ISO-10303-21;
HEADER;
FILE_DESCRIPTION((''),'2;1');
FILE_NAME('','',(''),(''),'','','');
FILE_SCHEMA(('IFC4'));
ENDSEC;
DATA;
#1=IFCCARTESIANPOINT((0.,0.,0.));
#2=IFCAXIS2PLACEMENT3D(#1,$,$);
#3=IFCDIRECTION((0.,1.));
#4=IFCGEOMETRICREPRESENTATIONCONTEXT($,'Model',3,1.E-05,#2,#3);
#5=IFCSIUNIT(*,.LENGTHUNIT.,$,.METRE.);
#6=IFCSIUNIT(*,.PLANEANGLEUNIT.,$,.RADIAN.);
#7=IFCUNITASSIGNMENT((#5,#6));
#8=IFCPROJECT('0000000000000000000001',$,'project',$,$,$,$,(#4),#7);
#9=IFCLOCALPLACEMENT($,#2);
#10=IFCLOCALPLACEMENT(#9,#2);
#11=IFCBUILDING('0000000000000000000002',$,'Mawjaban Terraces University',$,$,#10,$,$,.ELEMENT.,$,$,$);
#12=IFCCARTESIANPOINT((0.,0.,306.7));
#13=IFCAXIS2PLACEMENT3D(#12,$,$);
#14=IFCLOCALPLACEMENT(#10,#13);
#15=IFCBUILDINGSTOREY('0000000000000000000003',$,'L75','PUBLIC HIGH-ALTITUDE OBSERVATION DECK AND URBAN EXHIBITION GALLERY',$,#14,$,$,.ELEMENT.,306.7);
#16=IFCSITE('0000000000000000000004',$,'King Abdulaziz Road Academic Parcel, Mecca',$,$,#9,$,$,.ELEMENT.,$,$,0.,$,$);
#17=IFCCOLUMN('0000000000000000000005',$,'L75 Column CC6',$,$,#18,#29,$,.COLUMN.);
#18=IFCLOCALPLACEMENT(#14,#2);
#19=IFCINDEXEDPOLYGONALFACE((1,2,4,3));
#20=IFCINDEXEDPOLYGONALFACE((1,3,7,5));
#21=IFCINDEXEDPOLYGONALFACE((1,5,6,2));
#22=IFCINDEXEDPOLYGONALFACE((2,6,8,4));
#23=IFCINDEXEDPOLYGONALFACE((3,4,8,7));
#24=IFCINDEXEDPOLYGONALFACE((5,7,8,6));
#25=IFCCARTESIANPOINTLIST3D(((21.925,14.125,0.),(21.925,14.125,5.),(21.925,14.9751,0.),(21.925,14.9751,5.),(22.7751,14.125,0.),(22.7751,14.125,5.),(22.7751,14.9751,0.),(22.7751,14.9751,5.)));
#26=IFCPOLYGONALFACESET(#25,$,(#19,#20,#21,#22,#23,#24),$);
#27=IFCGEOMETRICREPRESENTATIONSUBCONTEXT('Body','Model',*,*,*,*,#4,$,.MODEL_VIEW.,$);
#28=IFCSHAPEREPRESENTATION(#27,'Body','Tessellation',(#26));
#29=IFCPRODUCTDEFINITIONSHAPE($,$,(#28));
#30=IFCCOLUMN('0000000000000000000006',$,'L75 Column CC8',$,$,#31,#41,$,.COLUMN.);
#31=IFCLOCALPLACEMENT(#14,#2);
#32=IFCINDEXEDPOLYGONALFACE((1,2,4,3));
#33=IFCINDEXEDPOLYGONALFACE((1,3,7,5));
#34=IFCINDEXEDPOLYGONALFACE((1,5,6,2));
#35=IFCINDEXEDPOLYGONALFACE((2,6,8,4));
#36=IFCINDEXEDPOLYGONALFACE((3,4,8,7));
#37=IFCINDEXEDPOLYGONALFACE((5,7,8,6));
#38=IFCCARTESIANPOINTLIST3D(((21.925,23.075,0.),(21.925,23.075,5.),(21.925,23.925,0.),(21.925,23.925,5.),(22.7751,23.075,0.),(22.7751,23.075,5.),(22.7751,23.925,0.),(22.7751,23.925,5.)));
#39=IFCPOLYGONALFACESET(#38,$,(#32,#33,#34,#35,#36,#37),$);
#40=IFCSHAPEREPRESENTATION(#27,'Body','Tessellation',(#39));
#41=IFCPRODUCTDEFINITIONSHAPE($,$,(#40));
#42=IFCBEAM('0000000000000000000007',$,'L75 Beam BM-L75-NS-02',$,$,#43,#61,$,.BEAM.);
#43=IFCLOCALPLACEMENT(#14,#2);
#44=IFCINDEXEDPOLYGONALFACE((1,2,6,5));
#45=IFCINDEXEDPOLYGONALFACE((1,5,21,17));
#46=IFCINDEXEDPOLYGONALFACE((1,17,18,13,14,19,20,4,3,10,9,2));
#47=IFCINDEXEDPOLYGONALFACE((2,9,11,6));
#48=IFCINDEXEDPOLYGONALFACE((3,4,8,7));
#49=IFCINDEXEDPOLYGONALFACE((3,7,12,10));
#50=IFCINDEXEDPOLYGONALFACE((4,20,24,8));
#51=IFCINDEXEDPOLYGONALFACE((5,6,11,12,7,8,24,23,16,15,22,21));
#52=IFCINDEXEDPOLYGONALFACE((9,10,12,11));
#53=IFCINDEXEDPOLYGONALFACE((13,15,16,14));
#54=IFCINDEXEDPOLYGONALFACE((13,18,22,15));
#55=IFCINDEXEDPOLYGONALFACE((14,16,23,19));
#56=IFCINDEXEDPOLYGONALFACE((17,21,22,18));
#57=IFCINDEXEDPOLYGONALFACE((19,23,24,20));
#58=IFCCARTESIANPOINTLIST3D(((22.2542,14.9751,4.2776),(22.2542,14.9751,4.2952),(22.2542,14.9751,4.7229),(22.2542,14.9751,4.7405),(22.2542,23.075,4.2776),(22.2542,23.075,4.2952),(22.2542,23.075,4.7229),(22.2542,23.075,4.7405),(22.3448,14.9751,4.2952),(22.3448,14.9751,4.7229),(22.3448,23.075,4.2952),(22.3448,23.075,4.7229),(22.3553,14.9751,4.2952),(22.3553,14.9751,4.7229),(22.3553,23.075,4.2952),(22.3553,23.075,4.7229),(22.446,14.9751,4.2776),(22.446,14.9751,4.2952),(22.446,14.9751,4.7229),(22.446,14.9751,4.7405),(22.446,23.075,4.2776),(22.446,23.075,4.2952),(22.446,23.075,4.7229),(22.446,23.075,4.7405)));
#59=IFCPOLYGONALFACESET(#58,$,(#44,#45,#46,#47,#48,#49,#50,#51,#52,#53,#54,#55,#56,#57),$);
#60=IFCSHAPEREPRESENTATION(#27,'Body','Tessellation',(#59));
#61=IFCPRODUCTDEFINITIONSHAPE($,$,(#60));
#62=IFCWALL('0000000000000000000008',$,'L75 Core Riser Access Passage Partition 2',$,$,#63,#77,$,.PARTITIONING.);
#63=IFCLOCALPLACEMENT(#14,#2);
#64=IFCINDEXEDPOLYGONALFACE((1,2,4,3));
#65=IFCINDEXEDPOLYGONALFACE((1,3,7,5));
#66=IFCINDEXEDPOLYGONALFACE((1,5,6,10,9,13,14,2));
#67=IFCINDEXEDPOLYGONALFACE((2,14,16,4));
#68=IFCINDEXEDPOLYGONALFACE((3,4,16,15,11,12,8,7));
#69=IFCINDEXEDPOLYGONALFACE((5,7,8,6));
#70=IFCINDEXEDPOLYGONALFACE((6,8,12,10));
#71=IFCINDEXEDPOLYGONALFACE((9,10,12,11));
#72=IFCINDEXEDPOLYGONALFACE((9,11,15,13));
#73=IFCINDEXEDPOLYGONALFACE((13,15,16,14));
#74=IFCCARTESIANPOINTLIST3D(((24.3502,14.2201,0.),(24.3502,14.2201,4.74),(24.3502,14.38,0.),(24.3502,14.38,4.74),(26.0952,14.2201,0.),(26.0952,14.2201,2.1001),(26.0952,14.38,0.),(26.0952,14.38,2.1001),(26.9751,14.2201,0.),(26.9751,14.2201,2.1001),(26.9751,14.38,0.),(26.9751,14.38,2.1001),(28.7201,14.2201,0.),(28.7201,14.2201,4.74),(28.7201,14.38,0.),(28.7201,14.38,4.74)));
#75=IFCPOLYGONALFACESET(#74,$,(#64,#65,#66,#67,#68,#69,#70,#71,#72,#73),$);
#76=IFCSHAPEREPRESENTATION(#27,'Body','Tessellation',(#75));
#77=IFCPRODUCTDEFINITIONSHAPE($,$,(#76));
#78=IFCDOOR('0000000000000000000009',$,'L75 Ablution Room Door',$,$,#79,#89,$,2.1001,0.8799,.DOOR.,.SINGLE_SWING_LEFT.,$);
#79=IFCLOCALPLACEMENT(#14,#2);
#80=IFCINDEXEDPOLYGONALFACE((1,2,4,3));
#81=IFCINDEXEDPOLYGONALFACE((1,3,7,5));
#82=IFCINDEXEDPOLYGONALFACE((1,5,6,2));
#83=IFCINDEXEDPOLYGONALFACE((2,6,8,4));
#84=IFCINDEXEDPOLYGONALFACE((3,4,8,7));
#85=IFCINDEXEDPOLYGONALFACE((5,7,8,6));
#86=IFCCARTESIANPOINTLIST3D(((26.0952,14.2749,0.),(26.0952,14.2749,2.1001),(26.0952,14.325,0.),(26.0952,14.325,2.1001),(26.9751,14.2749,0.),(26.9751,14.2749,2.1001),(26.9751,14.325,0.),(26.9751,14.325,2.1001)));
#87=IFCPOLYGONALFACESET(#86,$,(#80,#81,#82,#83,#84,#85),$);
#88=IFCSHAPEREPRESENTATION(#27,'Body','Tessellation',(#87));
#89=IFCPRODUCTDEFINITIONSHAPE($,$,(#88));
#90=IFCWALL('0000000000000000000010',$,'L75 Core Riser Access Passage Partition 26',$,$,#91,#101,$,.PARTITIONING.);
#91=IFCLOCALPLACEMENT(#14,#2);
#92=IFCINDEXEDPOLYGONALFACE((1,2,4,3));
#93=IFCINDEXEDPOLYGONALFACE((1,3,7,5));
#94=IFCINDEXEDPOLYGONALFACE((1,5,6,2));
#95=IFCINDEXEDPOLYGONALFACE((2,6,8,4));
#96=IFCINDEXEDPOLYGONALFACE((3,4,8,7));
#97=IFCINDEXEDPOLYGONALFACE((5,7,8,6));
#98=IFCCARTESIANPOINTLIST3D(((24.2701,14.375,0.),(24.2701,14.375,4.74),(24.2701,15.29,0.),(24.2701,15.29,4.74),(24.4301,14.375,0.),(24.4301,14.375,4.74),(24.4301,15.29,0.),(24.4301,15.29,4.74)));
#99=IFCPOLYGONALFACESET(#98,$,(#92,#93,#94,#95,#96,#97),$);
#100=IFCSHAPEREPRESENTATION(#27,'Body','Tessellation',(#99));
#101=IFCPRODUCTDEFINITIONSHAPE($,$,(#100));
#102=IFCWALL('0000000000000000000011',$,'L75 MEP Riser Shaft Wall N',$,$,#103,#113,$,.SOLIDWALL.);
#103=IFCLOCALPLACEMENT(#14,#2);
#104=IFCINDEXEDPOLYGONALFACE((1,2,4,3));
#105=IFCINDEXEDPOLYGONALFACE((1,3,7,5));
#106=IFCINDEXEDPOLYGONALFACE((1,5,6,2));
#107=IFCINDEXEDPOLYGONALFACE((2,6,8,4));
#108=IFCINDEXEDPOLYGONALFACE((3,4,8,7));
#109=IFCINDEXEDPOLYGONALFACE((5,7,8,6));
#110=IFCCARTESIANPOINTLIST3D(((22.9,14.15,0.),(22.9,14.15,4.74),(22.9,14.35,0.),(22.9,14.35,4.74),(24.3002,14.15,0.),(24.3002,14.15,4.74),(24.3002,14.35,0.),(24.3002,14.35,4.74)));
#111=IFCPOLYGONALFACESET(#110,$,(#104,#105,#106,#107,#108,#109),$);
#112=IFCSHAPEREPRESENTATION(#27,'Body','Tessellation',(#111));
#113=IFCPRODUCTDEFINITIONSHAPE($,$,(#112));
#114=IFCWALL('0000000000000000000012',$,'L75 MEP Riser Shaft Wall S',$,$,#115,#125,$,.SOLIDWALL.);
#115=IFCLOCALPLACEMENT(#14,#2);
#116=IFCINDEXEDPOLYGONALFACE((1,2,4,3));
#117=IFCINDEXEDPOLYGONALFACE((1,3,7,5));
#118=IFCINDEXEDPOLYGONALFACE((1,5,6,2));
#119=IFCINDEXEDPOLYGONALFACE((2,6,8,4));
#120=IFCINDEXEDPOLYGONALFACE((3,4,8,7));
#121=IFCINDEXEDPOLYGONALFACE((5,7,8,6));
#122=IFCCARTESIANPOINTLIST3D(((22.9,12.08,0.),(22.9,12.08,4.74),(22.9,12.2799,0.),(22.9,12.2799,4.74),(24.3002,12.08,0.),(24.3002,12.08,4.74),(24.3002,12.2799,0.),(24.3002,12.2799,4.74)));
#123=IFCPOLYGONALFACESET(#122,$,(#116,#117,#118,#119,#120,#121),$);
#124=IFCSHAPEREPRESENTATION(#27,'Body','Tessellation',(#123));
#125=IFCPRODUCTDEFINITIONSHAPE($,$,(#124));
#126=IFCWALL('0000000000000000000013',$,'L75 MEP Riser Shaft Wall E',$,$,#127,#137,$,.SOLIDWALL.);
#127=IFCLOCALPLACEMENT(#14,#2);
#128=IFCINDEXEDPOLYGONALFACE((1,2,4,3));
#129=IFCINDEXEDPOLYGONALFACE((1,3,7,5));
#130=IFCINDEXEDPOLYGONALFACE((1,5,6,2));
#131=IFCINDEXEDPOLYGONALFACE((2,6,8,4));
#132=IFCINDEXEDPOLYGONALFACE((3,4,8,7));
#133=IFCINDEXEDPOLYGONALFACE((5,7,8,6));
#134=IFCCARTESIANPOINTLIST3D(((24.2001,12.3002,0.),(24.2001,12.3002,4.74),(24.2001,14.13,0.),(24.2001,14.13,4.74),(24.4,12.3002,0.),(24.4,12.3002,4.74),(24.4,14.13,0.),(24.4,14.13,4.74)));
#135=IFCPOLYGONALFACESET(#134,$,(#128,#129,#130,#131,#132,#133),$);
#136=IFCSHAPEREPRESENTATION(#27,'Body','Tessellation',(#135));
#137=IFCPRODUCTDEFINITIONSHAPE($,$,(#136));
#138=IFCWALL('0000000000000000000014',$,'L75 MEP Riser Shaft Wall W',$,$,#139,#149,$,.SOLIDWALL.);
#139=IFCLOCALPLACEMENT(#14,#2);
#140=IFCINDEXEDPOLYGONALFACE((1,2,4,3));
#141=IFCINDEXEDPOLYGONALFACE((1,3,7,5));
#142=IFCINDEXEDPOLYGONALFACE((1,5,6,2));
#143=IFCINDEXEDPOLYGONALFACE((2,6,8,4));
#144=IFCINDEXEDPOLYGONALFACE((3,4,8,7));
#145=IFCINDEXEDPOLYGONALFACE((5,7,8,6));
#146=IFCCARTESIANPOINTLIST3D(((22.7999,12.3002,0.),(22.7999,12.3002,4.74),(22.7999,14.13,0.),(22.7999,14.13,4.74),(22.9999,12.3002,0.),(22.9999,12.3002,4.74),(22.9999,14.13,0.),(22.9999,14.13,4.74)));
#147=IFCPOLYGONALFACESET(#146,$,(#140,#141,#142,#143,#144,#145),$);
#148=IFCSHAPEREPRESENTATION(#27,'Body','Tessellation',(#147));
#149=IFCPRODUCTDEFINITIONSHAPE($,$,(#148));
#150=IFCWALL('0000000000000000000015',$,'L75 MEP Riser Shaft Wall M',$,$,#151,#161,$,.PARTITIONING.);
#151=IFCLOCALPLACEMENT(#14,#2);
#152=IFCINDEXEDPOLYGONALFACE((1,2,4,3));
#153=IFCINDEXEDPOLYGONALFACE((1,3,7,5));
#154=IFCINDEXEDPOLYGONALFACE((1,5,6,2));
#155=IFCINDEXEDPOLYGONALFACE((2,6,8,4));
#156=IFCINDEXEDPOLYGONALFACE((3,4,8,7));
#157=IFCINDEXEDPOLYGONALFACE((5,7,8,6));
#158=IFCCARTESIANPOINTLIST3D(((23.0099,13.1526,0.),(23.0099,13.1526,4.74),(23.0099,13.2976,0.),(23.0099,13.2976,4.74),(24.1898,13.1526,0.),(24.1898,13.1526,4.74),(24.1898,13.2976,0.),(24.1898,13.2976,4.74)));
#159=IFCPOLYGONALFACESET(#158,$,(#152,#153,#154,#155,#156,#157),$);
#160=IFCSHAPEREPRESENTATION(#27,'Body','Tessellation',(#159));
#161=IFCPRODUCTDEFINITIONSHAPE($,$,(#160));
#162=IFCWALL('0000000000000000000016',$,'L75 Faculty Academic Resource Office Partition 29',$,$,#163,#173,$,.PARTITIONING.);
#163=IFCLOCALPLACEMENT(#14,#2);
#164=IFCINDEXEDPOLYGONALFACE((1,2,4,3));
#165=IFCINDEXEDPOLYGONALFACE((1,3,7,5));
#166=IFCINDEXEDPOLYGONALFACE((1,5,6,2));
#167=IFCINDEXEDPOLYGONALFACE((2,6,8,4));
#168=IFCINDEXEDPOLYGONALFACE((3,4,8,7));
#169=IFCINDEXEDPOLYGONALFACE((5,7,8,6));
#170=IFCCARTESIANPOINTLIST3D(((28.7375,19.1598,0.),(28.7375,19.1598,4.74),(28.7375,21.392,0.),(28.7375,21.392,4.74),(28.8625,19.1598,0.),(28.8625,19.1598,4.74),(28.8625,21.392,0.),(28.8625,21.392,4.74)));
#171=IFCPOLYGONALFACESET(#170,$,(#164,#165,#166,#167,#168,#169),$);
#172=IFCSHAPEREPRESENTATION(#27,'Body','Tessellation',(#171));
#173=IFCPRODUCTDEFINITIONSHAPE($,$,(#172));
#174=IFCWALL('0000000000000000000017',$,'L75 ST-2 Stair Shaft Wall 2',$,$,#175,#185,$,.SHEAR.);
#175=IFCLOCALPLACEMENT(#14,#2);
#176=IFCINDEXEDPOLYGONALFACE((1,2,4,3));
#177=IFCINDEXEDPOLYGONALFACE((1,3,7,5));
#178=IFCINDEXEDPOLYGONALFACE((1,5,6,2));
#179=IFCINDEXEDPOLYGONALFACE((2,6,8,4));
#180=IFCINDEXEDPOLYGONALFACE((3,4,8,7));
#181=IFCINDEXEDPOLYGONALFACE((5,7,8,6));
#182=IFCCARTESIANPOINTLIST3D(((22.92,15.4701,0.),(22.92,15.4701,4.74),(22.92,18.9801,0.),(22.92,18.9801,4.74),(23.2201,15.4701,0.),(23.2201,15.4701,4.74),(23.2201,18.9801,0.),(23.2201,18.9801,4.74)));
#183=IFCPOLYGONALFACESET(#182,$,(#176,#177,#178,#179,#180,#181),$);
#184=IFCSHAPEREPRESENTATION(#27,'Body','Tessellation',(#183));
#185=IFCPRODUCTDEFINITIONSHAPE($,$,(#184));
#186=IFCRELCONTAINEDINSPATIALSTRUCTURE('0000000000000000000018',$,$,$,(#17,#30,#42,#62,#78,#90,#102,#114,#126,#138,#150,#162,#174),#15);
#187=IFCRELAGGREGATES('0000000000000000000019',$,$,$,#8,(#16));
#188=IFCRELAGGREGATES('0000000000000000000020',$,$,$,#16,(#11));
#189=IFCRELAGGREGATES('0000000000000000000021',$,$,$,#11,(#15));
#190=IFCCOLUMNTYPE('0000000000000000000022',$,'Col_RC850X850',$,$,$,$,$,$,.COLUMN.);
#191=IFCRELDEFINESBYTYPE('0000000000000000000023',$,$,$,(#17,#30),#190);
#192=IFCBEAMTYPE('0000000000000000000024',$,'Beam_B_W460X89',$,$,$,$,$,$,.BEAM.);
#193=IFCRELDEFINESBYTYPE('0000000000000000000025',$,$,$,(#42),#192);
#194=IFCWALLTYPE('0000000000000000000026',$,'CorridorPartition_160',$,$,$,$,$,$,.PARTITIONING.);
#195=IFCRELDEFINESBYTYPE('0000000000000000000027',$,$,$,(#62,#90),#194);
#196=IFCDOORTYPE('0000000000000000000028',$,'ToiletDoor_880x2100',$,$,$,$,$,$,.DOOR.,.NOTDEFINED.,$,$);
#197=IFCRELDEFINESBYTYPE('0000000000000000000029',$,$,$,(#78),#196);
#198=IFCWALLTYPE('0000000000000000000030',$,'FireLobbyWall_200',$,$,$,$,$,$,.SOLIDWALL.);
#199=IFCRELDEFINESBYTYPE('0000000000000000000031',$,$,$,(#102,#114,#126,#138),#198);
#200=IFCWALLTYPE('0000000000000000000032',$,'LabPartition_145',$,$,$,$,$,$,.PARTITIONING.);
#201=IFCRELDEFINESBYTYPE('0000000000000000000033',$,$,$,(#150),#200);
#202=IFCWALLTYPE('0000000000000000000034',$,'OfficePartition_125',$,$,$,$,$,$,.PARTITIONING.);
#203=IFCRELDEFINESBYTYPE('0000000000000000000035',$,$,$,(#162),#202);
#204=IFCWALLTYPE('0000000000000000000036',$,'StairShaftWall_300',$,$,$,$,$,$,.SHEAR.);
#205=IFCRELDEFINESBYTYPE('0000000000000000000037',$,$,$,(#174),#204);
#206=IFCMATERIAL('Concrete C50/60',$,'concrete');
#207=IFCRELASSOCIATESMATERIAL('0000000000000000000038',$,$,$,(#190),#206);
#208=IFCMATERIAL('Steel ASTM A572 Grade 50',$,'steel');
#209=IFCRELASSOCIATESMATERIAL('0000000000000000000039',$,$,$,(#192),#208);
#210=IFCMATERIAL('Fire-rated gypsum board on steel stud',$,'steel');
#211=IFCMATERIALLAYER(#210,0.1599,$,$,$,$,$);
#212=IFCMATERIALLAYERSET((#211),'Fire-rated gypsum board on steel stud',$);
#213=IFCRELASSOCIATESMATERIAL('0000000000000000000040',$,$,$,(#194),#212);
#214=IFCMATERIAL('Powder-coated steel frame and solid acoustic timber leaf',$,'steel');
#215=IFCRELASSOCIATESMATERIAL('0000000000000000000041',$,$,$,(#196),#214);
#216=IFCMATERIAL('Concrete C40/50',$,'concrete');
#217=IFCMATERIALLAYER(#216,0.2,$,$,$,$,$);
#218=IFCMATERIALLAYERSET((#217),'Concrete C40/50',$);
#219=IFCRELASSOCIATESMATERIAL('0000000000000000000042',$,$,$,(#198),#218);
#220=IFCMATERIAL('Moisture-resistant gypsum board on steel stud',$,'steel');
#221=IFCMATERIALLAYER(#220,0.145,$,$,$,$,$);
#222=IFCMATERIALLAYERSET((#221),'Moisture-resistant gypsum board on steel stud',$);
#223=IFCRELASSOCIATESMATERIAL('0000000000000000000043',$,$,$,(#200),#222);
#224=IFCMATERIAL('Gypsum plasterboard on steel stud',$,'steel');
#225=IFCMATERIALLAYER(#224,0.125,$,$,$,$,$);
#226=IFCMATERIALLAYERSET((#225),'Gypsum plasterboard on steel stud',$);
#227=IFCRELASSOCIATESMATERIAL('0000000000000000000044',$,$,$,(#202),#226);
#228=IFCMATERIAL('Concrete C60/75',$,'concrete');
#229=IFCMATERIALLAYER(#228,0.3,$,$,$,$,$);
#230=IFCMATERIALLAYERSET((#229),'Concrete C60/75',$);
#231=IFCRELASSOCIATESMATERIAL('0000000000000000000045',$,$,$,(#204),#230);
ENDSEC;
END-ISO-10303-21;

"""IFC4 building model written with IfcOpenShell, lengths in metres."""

from ifc_helpers import new_model, si_unit, direction, frame, frame_2d, origin, origin_2d, place, context, subcontext, project, spatial, rectangle, i_section, extrude, material, layer, layer_set, material_profile, profile_set, type_object, element, fill, save


model = new_model("IFC4")

# Units and contexts
model_context = context("Model", 3, precision=1e-05, world=origin(), true_north=direction((0.0, 1.0)))
body_context = subcontext(model_context, "Body", "Model", "MODEL_VIEW")
ifc_project = project(units=[si_unit("LENGTHUNIT", "METRE"), si_unit("PLANEANGLEUNIT", "RADIAN")], contexts=[model_context])

# Site, building, storey
site_placement = place(None, origin())
site = spatial("IfcSite", under=ifc_project, at=site_placement, Name="King Abdulaziz Road Academic Parcel, Mecca", CompositionType="ELEMENT", RefElevation=0.0)
building_placement = place(site_placement, origin())
building = spatial("IfcBuilding", under=site, at=building_placement, Name="Mawjaban Terraces University", CompositionType="ELEMENT")
storey_placement = place(building_placement, frame((0.0, 0.0, 306.7)))
storey = spatial("IfcBuildingStorey", under=building, at=storey_placement, Name="L75", Description="PUBLIC HIGH-ALTITUDE OBSERVATION DECK AND URBAN EXHIBITION GALLERY", CompositionType="ELEMENT", Elevation=306.7)

# Columns
ifc_material_1 = material(Name="Concrete C50/60", Category="concrete")
ifc_material_profile_1 = material_profile(ifc_material_1, rectangle(XDim=0.8501, YDim=0.8501, at=origin_2d()), Name="RC850X850")
ifc_profile_set_1 = profile_set([ifc_material_profile_1], Name="Concrete C50/60")
column_type = type_object("IfcColumnType", Name="Col_RC850X850", PredefinedType="COLUMN", material=ifc_profile_set_1)
for number, where, z_axis, x_axis, name in (
    (1, (22.3501, 14.55, 0.0), (0.0, 0.0, 1.0), (1.0, 0.0, 0.0), "L75 Column CC6"),
    (2, (22.3501, 23.5, 0.0), (0.0, 0.0, 1.0), (1.0, 0.0, 0.0), "L75 Column CC8"),
):
    element("IfcColumn", number, at=place(storey_placement, frame(where, z_axis=z_axis, x_axis=x_axis)), inside=storey, type_object=column_type, Name=name, PredefinedType="COLUMN", context=body_context, shape_type="SweptSolid", body=[
        extrude(rectangle(XDim=0.8501, YDim=0.8501, at=origin_2d()), origin(), (0.0, 0.0, 1.0), 5.0),
    ])

# Beam
ifc_material_2 = material(Name="Steel ASTM A572 Grade 50", Category="steel")
ifc_material_profile_2 = material_profile(ifc_material_2, i_section(OverallWidth=0.1919, OverallDepth=0.4629, WebThickness=0.0105, FlangeThickness=0.0176, at=origin_2d()), Name="W460X89")
ifc_profile_set_2 = profile_set([ifc_material_profile_2], Name="Steel ASTM A572 Grade 50")
beam_type = type_object("IfcBeamType", Name="Beam_B_W460X89", PredefinedType="BEAM", material=ifc_profile_set_2)
beam_placement = place(storey_placement, frame((22.3501, 14.9751, 4.509), z_axis=(0.0, 1.0, 0.0), x_axis=(-1.0, 0.0, 0.0)))
element("IfcBeam", 3, at=beam_placement, inside=storey, type_object=beam_type, Name="L75 Beam BM-L75-NS-02", PredefinedType="BEAM", context=body_context, shape_type="SweptSolid", body=[
    extrude(i_section(OverallWidth=0.1919, OverallDepth=0.4629, WebThickness=0.0105, FlangeThickness=0.0176, at=origin_2d()), origin(), (0.0, 0.0, 1.0), 8.0999),
])

# Wall, opening, door
ifc_material_3 = material(Name="Fire-rated gypsum board on steel stud", Category="steel")
ifc_layer_1 = layer(ifc_material_3, 0.1599)
ifc_layer_set_1 = layer_set([ifc_layer_1], Name="Fire-rated gypsum board on steel stud")
wall_type_1 = type_object("IfcWallType", Name="CorridorPartition_160", PredefinedType="PARTITIONING", material=ifc_layer_set_1)
wall_1_placement = place(storey_placement, frame((24.3501, 14.3, 0.0), z_axis=(0.0, 0.0, 1.0), x_axis=(1.0, 0.0, 0.0)))
wall_1 = element("IfcWall", 4, at=wall_1_placement, inside=storey, type_object=wall_type_1, Name="L75 Core Riser Access Passage Partition 2", PredefinedType="PARTITIONING", context=body_context, shape_type="SweptSolid", body=[
    extrude(rectangle(XDim=4.3699, YDim=0.1599, at=frame_2d((2.1851, 0.0))), origin(), (0.0, 0.0, 1.0), 4.74),
])
opening_placement = place(wall_1_placement, frame((1.7451, 0.0, 0.0)))
opening = element("IfcOpeningElement", 5, at=opening_placement, cuts=wall_1, PredefinedType="OPENING", context=body_context, shape_type="SweptSolid", body=[
    extrude(rectangle(XDim=0.8799, YDim=2.1001, at=frame_2d((0.4399, 1.05))), frame((0.0, 0.0898, 0.0), z_axis=(0.0, -1.0, 0.0), x_axis=(1.0, 0.0, 0.0)), (0.0, 0.0, 1.0), 0.1799),
])
ifc_material_4 = material(Name="Powder-coated steel frame and solid acoustic timber leaf", Category="steel")
door_type = type_object("IfcDoorType", Name="ToiletDoor_880x2100", OperationType="NOTDEFINED", PredefinedType="DOOR", material=ifc_material_4)
door_placement = place(opening_placement, origin())
door = element("IfcDoor", 6, at=door_placement, inside=storey, type_object=door_type, Name="L75 Ablution Room Door", OperationType="SINGLE_SWING_LEFT", OverallHeight=2.1001, OverallWidth=0.8799, PredefinedType="DOOR", context=body_context, shape_type="SweptSolid", body=[
    extrude(rectangle(XDim=0.8799, YDim=2.1001, at=frame_2d((0.4399, 1.05))), frame((0.0, 0.0249, 0.0), z_axis=(0.0, -1.0, 0.0), x_axis=(1.0, 0.0, 0.0)), (0.0, 0.0, 1.0), 0.05),
])
fill(opening, door)

# Walls
wall_2_placement = place(storey_placement, frame((24.3501, 15.29, 0.0), z_axis=(0.0, 0.0, 1.0), x_axis=(0.0, -1.0, 0.0)))
element("IfcWall", 7, at=wall_2_placement, inside=storey, type_object=wall_type_1, Name="L75 Core Riser Access Passage Partition 26", PredefinedType="PARTITIONING", context=body_context, shape_type="SweptSolid", body=[
    extrude(rectangle(XDim=0.915, YDim=0.1599, at=frame_2d((0.4575, 0.0))), origin(), (0.0, 0.0, 1.0), 4.74),
])
ifc_material_5 = material(Name="Concrete C40/50", Category="concrete")
ifc_layer_2 = layer(ifc_material_5, 0.2)
ifc_layer_set_2 = layer_set([ifc_layer_2], Name="Concrete C40/50")
wall_type_2 = type_object("IfcWallType", Name="FireLobbyWall_200", PredefinedType="SOLIDWALL", material=ifc_layer_set_2)
for number, where, z_axis, x_axis, name in (
    (8, (22.8999, 14.25, 0.0), (0.0, 0.0, 1.0), (1.0, 0.0, 0.0), "L75 MEP Riser Shaft Wall N"),
    (9, (22.8999, 12.1799, 0.0), (0.0, 0.0, 1.0), (1.0, 0.0, 0.0), "L75 MEP Riser Shaft Wall S"),
):
    element("IfcWall", number, at=place(storey_placement, frame(where, z_axis=z_axis, x_axis=x_axis)), inside=storey, type_object=wall_type_2, Name=name, PredefinedType="SOLIDWALL", context=body_context, shape_type="SweptSolid", body=[
        extrude(rectangle(XDim=1.4001, YDim=0.2, at=frame_2d((0.7002, 0.0))), origin(), (0.0, 0.0, 1.0), 4.74),
    ])
for number, where, z_axis, x_axis, name in (
    (10, (24.3, 12.3, 0.0), (0.0, 0.0, 1.0), (0.0, 1.0, 0.0), "L75 MEP Riser Shaft Wall E"),
    (11, (22.8999, 12.3, 0.0), (0.0, 0.0, 1.0), (0.0, 1.0, 0.0), "L75 MEP Riser Shaft Wall W"),
):
    element("IfcWall", number, at=place(storey_placement, frame(where, z_axis=z_axis, x_axis=x_axis)), inside=storey, type_object=wall_type_2, Name=name, PredefinedType="SOLIDWALL", context=body_context, shape_type="SweptSolid", body=[
        extrude(rectangle(XDim=1.8298, YDim=0.2, at=frame_2d((0.915, 0.0))), origin(), (0.0, 0.0, 1.0), 4.74),
    ])
ifc_material_6 = material(Name="Moisture-resistant gypsum board on steel stud", Category="steel")
ifc_layer_3 = layer(ifc_material_6, 0.145)
ifc_layer_set_3 = layer_set([ifc_layer_3], Name="Moisture-resistant gypsum board on steel stud")
wall_type_3 = type_object("IfcWallType", Name="LabPartition_145", PredefinedType="PARTITIONING", material=ifc_layer_set_3)
wall_3_placement = place(storey_placement, frame((23.01, 13.2251, 0.0), z_axis=(0.0, 0.0, 1.0), x_axis=(1.0, 0.0, 0.0)))
element("IfcWall", 12, at=wall_3_placement, inside=storey, type_object=wall_type_3, Name="L75 MEP Riser Shaft Wall M", PredefinedType="PARTITIONING", context=body_context, shape_type="SweptSolid", body=[
    extrude(rectangle(XDim=1.1799, YDim=0.145, at=frame_2d((0.5898, 0.0))), origin(), (0.0, 0.0, 1.0), 4.74),
])
ifc_material_7 = material(Name="Gypsum plasterboard on steel stud", Category="steel")
ifc_layer_4 = layer(ifc_material_7, 0.125)
ifc_layer_set_4 = layer_set([ifc_layer_4], Name="Gypsum plasterboard on steel stud")
wall_type_4 = type_object("IfcWallType", Name="OfficePartition_125", PredefinedType="PARTITIONING", material=ifc_layer_set_4)
wall_4_placement = place(storey_placement, frame((28.8, 21.3921, 0.0), z_axis=(0.0, 0.0, 1.0), x_axis=(0.0, -1.0, 0.0)))
element("IfcWall", 13, at=wall_4_placement, inside=storey, type_object=wall_type_4, Name="L75 Faculty Academic Resource Office Partition 29", PredefinedType="PARTITIONING", context=body_context, shape_type="SweptSolid", body=[
    extrude(rectangle(XDim=2.2322, YDim=0.125, at=frame_2d((1.1162, 0.0))), origin(), (0.0, 0.0, 1.0), 4.74),
])
ifc_material_8 = material(Name="Concrete C60/75", Category="concrete")
ifc_layer_5 = layer(ifc_material_8, 0.3)
ifc_layer_set_5 = layer_set([ifc_layer_5], Name="Concrete C60/75")
wall_type_5 = type_object("IfcWallType", Name="StairShaftWall_300", PredefinedType="SHEAR", material=ifc_layer_set_5)
wall_5_placement = place(storey_placement, frame((23.0701, 18.98, 0.0), z_axis=(0.0, 0.0, 1.0), x_axis=(0.0, -1.0, 0.0)))
element("IfcWall", 14, at=wall_5_placement, inside=storey, type_object=wall_type_5, Name="L75 ST-2 Stair Shaft Wall 2", PredefinedType="SHEAR", context=body_context, shape_type="SweptSolid", body=[
    extrude(rectangle(XDim=3.51, YDim=0.3, at=frame_2d((1.7549, 0.0))), origin(), (0.0, 0.0, 1.0), 4.74),
])

save(model, "model.ifc")
